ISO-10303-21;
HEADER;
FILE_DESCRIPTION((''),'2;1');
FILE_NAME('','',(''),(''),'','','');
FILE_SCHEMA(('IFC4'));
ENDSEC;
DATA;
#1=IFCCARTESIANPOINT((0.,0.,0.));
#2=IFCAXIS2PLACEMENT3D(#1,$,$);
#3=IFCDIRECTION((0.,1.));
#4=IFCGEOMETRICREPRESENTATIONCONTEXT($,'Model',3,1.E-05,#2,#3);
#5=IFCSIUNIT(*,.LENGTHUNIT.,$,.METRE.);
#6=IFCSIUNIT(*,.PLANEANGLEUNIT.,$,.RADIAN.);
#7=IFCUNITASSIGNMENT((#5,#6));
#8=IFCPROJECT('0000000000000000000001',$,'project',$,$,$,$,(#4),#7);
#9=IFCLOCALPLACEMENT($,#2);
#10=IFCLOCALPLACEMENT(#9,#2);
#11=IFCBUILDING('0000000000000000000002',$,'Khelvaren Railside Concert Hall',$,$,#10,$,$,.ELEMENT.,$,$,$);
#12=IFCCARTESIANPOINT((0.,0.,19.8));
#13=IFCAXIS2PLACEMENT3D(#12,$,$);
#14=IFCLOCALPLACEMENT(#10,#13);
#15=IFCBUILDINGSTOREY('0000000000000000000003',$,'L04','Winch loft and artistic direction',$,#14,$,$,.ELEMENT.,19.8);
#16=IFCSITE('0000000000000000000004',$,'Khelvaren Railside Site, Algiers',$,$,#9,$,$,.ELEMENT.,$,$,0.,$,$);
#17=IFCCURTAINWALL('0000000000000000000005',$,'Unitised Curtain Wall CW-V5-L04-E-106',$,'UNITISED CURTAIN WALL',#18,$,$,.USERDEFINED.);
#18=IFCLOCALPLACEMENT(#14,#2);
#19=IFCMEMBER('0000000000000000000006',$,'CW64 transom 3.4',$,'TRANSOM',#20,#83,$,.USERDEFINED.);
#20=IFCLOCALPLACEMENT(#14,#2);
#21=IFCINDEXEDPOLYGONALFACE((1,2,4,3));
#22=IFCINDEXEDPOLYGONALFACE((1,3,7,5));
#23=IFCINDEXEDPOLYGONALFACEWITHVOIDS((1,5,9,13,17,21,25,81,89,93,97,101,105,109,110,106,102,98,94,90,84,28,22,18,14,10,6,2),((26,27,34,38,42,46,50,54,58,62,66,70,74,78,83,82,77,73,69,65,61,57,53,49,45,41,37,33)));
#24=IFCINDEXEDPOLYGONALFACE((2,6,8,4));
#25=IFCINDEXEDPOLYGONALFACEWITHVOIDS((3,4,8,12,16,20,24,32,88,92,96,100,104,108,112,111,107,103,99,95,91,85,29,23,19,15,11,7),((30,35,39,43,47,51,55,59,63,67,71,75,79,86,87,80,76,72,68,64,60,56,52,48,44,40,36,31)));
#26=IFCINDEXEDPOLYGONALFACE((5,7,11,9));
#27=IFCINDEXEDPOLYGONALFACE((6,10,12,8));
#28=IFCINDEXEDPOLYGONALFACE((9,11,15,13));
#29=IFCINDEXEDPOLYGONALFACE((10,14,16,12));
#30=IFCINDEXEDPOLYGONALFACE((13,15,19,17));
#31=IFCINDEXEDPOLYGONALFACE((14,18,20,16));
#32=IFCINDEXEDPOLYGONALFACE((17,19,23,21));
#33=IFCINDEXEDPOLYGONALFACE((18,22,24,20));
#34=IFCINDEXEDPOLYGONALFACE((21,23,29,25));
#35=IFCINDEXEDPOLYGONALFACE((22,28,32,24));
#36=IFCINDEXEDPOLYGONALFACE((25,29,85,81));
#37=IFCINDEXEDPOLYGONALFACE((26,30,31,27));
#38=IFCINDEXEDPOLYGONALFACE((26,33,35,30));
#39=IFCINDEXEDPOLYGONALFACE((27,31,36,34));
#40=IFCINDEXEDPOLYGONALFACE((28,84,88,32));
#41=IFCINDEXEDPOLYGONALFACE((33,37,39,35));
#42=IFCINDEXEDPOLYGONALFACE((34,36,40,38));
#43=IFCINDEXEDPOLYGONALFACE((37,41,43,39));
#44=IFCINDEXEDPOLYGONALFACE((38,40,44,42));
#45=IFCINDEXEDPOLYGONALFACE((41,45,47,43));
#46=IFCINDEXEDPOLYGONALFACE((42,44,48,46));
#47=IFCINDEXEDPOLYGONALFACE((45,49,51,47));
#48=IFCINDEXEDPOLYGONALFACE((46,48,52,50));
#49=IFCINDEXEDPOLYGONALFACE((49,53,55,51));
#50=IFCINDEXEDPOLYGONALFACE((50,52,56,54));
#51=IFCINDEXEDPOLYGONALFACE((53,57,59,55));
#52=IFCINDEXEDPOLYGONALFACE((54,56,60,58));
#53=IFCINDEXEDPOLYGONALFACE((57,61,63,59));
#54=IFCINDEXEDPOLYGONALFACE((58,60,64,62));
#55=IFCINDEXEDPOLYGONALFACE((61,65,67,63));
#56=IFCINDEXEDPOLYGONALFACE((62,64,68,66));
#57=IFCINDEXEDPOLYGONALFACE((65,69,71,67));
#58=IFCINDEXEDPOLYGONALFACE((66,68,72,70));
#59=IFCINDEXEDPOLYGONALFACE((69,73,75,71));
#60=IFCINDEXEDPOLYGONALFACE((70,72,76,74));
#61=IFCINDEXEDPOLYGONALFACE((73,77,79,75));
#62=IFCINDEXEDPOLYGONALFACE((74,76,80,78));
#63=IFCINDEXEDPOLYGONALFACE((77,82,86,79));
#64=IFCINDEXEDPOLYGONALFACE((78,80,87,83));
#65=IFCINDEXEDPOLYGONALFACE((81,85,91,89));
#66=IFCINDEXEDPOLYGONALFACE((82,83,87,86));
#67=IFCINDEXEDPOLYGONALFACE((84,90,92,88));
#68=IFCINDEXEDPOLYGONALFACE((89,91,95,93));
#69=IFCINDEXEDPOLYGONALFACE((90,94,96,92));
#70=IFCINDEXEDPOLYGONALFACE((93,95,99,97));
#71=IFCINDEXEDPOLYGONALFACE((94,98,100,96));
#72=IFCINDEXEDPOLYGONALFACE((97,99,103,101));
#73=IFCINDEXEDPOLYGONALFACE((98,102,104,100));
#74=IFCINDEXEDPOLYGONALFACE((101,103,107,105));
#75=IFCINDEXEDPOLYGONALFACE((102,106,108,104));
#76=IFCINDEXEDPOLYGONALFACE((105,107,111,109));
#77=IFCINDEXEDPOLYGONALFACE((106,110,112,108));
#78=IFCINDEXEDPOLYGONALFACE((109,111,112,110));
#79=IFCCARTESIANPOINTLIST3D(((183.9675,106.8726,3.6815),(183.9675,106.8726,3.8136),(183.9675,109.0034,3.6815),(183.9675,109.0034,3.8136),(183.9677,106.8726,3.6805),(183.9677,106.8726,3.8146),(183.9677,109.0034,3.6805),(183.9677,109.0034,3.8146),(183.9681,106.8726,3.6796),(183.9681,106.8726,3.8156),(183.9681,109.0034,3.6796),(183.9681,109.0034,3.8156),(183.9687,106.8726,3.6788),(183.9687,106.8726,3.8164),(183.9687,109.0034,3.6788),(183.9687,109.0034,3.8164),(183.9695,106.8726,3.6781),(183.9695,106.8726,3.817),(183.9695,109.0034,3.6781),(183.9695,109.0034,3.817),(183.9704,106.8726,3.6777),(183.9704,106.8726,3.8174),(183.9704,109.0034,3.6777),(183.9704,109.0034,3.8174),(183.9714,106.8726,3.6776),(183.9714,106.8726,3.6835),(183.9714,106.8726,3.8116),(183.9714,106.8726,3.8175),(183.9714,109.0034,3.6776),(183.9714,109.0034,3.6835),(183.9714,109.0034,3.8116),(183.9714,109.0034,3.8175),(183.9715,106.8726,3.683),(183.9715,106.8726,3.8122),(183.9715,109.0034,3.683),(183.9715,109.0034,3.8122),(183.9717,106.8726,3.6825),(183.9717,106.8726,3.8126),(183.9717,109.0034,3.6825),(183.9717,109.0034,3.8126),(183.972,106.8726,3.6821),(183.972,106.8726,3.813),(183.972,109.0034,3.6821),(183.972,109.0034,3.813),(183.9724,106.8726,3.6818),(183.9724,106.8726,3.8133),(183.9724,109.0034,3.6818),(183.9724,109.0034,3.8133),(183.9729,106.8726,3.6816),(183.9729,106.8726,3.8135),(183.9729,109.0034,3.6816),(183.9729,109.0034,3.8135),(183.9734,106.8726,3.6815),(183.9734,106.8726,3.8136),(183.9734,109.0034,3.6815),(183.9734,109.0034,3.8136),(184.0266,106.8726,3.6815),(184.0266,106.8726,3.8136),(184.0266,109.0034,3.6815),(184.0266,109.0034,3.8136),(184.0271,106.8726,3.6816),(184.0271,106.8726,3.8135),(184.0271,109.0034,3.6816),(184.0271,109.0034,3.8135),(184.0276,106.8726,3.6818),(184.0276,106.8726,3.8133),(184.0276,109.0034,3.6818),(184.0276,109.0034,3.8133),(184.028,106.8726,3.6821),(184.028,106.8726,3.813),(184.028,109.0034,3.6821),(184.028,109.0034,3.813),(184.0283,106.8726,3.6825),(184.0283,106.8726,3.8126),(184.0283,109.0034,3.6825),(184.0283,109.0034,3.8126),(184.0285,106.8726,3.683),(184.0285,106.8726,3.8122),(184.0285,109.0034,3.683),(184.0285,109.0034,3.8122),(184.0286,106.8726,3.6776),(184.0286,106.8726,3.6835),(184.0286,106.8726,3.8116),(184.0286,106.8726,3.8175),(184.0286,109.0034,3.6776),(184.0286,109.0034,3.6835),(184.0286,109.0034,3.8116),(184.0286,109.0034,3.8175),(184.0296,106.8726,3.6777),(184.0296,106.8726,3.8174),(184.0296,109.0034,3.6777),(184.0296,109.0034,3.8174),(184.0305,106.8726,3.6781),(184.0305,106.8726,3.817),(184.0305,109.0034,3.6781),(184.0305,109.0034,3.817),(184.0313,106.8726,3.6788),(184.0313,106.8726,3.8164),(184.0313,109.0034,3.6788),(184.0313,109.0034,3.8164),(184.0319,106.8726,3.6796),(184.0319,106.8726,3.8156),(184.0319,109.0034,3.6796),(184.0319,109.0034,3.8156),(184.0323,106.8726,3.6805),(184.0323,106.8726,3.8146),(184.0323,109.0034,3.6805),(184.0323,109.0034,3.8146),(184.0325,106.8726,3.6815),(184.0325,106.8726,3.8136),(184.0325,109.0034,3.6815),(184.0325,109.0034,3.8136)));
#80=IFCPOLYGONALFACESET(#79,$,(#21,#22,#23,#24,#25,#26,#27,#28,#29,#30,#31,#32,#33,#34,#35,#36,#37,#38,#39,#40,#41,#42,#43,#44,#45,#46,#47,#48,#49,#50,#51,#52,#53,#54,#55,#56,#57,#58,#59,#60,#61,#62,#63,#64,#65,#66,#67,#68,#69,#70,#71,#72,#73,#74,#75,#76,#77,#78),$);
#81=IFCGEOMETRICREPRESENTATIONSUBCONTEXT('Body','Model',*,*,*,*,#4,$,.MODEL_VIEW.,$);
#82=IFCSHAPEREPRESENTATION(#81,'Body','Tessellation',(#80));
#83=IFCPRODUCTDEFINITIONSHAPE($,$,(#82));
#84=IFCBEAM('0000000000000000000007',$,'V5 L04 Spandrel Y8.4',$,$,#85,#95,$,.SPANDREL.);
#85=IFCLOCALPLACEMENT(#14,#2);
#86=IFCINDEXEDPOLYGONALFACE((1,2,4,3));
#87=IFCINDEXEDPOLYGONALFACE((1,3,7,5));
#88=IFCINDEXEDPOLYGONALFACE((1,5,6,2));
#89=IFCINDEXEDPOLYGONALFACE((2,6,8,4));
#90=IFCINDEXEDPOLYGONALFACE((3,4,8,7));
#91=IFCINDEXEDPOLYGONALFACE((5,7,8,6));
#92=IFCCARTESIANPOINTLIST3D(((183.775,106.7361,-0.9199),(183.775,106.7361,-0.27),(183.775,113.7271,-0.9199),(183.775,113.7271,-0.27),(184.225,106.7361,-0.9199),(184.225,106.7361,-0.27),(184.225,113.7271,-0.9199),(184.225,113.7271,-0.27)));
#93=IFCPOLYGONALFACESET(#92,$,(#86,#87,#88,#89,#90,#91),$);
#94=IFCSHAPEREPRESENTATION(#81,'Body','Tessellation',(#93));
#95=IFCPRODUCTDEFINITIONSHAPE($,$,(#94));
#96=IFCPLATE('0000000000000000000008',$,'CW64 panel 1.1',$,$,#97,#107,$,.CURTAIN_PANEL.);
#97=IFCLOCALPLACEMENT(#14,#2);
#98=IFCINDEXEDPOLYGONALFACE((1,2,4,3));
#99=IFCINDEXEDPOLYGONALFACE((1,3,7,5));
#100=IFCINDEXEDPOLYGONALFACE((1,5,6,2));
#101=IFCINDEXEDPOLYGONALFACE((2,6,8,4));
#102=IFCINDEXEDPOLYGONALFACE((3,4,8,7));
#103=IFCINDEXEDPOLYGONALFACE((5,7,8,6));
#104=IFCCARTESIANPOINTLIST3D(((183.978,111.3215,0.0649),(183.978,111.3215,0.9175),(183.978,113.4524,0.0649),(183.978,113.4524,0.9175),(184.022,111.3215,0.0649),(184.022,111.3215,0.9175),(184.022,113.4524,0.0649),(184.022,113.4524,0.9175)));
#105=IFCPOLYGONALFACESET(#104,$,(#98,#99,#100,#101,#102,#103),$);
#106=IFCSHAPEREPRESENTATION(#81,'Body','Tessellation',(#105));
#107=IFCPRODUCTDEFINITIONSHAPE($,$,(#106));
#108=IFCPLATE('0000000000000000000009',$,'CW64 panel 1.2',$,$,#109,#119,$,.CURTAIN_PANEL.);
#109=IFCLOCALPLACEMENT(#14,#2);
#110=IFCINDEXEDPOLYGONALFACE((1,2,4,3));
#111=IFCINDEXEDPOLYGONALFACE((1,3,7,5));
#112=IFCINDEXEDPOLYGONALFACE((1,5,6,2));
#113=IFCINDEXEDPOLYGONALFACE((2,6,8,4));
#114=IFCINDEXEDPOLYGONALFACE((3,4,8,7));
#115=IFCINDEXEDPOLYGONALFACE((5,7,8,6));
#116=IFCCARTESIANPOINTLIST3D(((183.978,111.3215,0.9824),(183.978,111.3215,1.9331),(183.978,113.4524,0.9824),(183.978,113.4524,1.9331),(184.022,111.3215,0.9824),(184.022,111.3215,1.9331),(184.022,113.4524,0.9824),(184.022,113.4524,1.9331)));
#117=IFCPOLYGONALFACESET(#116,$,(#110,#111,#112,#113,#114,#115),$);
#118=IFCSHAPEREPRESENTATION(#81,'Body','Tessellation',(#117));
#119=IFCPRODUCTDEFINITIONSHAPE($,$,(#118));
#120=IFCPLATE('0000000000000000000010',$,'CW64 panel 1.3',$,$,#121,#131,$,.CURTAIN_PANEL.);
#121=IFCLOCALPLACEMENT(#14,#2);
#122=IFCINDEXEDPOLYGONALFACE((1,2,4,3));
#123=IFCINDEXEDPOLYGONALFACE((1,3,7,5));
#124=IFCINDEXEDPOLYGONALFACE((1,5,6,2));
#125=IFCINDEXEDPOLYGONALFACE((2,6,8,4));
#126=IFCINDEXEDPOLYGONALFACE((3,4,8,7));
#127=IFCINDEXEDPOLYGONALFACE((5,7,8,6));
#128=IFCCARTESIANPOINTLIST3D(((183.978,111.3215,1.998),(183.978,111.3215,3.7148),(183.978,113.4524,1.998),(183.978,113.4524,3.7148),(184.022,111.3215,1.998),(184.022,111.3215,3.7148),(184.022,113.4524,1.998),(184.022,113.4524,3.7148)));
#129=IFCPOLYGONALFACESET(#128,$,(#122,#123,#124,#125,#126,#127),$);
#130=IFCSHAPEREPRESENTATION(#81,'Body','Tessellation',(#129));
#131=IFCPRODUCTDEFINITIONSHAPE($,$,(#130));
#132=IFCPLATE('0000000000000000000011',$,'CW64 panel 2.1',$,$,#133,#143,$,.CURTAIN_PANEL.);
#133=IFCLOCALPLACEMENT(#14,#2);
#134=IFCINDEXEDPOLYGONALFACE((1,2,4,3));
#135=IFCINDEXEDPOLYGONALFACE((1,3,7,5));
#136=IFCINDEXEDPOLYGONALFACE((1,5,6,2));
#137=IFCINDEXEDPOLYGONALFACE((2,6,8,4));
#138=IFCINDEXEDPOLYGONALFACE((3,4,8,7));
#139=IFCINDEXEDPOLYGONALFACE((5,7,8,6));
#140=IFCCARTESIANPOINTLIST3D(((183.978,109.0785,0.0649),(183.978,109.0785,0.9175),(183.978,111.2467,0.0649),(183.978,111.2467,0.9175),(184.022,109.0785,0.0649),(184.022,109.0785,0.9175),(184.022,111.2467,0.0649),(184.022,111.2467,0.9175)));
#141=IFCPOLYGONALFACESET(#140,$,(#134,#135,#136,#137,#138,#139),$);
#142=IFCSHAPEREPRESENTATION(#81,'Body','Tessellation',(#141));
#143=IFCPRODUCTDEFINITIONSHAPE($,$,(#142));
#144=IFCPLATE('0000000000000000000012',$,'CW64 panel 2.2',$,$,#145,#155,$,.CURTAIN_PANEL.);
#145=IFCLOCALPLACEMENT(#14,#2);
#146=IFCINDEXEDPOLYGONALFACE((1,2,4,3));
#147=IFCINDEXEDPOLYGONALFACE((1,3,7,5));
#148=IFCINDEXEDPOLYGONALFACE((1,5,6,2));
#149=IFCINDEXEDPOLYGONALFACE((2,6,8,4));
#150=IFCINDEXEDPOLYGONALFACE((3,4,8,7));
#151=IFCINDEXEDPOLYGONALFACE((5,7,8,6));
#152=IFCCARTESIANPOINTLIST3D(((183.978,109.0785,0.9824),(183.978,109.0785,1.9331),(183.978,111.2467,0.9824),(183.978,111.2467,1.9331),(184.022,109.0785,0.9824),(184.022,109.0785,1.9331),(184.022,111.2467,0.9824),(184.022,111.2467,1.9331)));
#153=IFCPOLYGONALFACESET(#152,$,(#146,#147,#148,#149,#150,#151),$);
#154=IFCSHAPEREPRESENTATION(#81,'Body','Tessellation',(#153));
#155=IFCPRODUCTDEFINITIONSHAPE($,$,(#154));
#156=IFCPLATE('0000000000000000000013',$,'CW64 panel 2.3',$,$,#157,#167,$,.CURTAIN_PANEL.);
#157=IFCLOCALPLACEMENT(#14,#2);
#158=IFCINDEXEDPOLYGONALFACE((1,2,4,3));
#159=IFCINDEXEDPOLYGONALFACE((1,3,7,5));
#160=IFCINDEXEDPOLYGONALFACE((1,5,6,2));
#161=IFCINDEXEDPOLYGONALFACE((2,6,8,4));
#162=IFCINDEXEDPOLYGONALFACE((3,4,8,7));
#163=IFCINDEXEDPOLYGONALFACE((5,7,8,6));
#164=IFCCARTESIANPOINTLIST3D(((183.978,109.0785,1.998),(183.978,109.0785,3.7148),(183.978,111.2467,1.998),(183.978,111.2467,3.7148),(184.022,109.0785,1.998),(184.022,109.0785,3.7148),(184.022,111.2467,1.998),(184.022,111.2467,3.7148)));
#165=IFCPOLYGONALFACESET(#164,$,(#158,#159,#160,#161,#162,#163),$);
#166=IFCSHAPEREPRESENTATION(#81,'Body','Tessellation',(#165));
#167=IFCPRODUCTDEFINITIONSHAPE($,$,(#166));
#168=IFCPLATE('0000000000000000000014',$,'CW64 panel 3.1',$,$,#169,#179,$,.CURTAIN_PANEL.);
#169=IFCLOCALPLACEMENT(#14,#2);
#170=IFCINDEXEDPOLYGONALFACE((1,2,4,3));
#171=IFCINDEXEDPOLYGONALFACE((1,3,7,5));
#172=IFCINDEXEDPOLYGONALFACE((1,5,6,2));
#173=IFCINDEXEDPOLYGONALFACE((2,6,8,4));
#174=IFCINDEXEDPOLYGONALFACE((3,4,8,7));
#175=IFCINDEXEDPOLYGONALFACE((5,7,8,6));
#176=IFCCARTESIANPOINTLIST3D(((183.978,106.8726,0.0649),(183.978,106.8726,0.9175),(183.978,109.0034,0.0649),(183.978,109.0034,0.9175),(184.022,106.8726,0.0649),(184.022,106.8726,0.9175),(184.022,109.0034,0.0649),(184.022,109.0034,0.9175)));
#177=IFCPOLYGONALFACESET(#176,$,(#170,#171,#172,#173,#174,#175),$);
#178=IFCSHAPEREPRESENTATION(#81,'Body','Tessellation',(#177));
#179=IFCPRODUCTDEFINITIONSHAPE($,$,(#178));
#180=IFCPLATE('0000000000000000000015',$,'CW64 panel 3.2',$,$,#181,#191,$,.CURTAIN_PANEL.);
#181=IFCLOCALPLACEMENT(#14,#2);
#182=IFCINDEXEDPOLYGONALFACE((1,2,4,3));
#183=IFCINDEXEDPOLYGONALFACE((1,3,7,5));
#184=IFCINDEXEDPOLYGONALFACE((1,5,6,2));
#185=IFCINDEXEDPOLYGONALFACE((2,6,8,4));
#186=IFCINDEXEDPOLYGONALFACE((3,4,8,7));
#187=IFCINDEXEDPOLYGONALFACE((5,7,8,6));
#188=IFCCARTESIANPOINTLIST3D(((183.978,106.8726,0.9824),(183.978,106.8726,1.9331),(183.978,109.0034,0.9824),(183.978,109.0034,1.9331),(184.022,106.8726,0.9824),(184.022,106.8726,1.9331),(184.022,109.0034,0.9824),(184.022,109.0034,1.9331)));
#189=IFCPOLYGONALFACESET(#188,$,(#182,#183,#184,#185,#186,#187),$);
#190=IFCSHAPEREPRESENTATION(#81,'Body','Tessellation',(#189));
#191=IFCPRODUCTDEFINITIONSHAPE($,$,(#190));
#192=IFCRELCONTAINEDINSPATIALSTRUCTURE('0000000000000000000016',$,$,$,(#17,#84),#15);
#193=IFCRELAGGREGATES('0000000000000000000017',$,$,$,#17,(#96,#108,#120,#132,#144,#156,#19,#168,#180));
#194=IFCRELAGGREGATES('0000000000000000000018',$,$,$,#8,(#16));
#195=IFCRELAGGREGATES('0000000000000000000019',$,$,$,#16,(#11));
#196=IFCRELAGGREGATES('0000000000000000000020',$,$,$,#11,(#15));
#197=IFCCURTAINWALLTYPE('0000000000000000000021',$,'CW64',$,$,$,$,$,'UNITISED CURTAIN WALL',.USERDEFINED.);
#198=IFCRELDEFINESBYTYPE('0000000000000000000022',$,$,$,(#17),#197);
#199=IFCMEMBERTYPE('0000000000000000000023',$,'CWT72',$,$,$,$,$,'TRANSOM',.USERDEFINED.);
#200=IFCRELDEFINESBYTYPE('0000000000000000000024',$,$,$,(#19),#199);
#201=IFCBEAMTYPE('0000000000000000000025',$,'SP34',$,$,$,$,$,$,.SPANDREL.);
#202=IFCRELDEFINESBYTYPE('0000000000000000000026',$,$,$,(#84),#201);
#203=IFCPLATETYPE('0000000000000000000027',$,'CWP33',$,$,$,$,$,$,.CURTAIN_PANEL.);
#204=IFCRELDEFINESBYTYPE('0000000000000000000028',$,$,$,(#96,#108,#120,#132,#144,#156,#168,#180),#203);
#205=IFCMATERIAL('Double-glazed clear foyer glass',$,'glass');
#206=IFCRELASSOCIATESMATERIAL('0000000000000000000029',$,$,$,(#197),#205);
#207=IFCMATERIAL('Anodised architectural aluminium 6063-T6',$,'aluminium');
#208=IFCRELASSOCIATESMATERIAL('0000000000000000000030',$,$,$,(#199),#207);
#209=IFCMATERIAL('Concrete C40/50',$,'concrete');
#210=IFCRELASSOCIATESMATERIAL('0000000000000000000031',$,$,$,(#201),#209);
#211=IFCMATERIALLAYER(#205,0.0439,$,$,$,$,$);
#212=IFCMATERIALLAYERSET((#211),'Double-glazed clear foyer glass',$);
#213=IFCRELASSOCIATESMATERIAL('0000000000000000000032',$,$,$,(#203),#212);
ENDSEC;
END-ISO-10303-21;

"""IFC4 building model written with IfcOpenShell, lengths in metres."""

from ifc_helpers import new_model, si_unit, direction, frame, origin, origin_2d, place, context, subcontext, project, spatial, rectangle, hollow_rectangle, extrude, material, layer, layer_set, material_profile, profile_set, type_object, element, aggregate, save


model = new_model("IFC4")

# Units and contexts
model_context = context("Model", 3, precision=1e-05, world=origin(), true_north=direction((0.0, 1.0)))
body_context = subcontext(model_context, "Body", "Model", "MODEL_VIEW")
ifc_project = project(units=[si_unit("LENGTHUNIT", "METRE"), si_unit("PLANEANGLEUNIT", "RADIAN")], contexts=[model_context])

# Site, building, storey
site_placement = place(None, origin())
site = spatial("IfcSite", under=ifc_project, at=site_placement, Name="Khelvaren Railside Site, Algiers", CompositionType="ELEMENT", RefElevation=0.0)
building_placement = place(site_placement, origin())
building = spatial("IfcBuilding", under=site, at=building_placement, Name="Khelvaren Railside Concert Hall", CompositionType="ELEMENT")
storey_placement = place(building_placement, frame((0.0, 0.0, 19.8)))
storey = spatial("IfcBuildingStorey", under=building, at=storey_placement, Name="L04", Description="Winch loft and artistic direction", CompositionType="ELEMENT", Elevation=19.8)

# Curtain wall
ifc_material_1 = material(Name="Double-glazed clear foyer glass", Category="glass")
curtain_wall_type_1 = type_object("IfcCurtainWallType", Name="CW64", ElementType="UNITISED CURTAIN WALL", PredefinedType="USERDEFINED", material=ifc_material_1)
curtain_wall_1_placement = place(storey_placement, origin())
curtain_wall_1 = element("IfcCurtainWall", 1, at=curtain_wall_1_placement, inside=storey, type_object=curtain_wall_type_1, Name="Unitised Curtain Wall CW-V5-L04-E-106", ObjectType="UNITISED CURTAIN WALL", PredefinedType="USERDEFINED")
ifc_material_2 = material(Name="Anodised architectural aluminium 6063-T6", Category="aluminium")
ifc_material_profile_1 = material_profile(ifc_material_2, hollow_rectangle(XDim=0.0649, YDim=0.1399, WallThickness=0.0039, InnerFilletRadius=0.002, OuterFilletRadius=0.0039, at=origin_2d()), Name="CWT 65x140x4")
ifc_profile_set_1 = profile_set([ifc_material_profile_1], Name="Anodised architectural aluminium 6063-T6")
member_type_1 = type_object("IfcMemberType", Name="CWT72", ElementType="TRANSOM", PredefinedType="USERDEFINED", material=ifc_profile_set_1)

# Member
member_1_placement = place(storey_placement, frame((184.0, 109.0034, 3.7476), z_axis=(0.0, -1.0, 0.0), x_axis=(1.0, 0.0, 0.0)))
member_1 = element("IfcMember", 2, at=member_1_placement, type_object=member_type_1, Name="CW64 transom 3.4", ObjectType="TRANSOM", PredefinedType="USERDEFINED", context=body_context, shape_type="SweptSolid", body=[
    extrude(hollow_rectangle(XDim=0.0649, YDim=0.1399, WallThickness=0.0039, InnerFilletRadius=0.002, OuterFilletRadius=0.0039, at=origin_2d()), origin(), (0.0, 0.0, 1.0), 2.1309),
])

# Beam
ifc_material_3 = material(Name="Concrete C40/50", Category="concrete")
ifc_material_profile_2 = material_profile(ifc_material_3, rectangle(XDim=0.45, YDim=0.6499, at=origin_2d()), Name="RCB 450x650")
ifc_profile_set_2 = profile_set([ifc_material_profile_2], Name="Concrete C40/50")
beam_type = type_object("IfcBeamType", Name="SP34", PredefinedType="SPANDREL", material=ifc_profile_set_2)
beam_placement = place(storey_placement, frame((184.0, 106.7361, -0.595), z_axis=(0.0, 1.0, 0.0), x_axis=(-1.0, 0.0, 0.0)))
element("IfcBeam", 3, at=beam_placement, inside=storey, type_object=beam_type, Name="V5 L04 Spandrel Y8.4", PredefinedType="SPANDREL", context=body_context, shape_type="SweptSolid", body=[
    extrude(rectangle(XDim=0.45, YDim=0.6499, at=origin_2d()), origin(), (0.0, 0.0, 1.0), 6.991),
])

# Plates
ifc_layer_1 = layer(ifc_material_1, 0.0439)
ifc_layer_set_1 = layer_set([ifc_layer_1], Name="Double-glazed clear foyer glass")
plate_type_1 = type_object("IfcPlateType", Name="CWP33", PredefinedType="CURTAIN_PANEL", material=ifc_layer_set_1)
plate_1_placement = place(storey_placement, frame((184.0, 112.387, 0.0649), z_axis=(0.0, 0.0, 1.0), x_axis=(0.0, -1.0, 0.0)))
plate_1 = element("IfcPlate", 4, at=plate_1_placement, type_object=plate_type_1, Name="CW64 panel 1.1", PredefinedType="CURTAIN_PANEL", context=body_context, shape_type="SweptSolid", body=[
    extrude(rectangle(XDim=2.1309, YDim=0.0439, at=origin_2d()), origin(), (0.0, 0.0, 1.0), 0.8525),
])
plate_2_placement = place(storey_placement, frame((184.0, 112.387, 0.9824), z_axis=(0.0, 0.0, 1.0), x_axis=(0.0, -1.0, 0.0)))
plate_2 = element("IfcPlate", 5, at=plate_2_placement, type_object=plate_type_1, Name="CW64 panel 1.2", PredefinedType="CURTAIN_PANEL", context=body_context, shape_type="SweptSolid", body=[
    extrude(rectangle(XDim=2.1309, YDim=0.0439, at=origin_2d()), origin(), (0.0, 0.0, 1.0), 0.9507),
])
plate_3_placement = place(storey_placement, frame((184.0, 112.387, 1.998), z_axis=(0.0, 0.0, 1.0), x_axis=(0.0, -1.0, 0.0)))
plate_3 = element("IfcPlate", 6, at=plate_3_placement, type_object=plate_type_1, Name="CW64 panel 1.3", PredefinedType="CURTAIN_PANEL", context=body_context, shape_type="SweptSolid", body=[
    extrude(rectangle(XDim=2.1309, YDim=0.0439, at=origin_2d()), origin(), (0.0, 0.0, 1.0), 1.7168),
])
plate_4_placement = place(storey_placement, frame((184.0, 110.1626, 0.0649), z_axis=(0.0, 0.0, 1.0), x_axis=(0.0, -1.0, 0.0)))
plate_4 = element("IfcPlate", 7, at=plate_4_placement, type_object=plate_type_1, Name="CW64 panel 2.1", PredefinedType="CURTAIN_PANEL", context=body_context, shape_type="SweptSolid", body=[
    extrude(rectangle(XDim=2.1682, YDim=0.0439, at=origin_2d()), origin(), (0.0, 0.0, 1.0), 0.8525),
])
plate_5_placement = place(storey_placement, frame((184.0, 110.1626, 0.9824), z_axis=(0.0, 0.0, 1.0), x_axis=(0.0, -1.0, 0.0)))
plate_5 = element("IfcPlate", 8, at=plate_5_placement, type_object=plate_type_1, Name="CW64 panel 2.2", PredefinedType="CURTAIN_PANEL", context=body_context, shape_type="SweptSolid", body=[
    extrude(rectangle(XDim=2.1682, YDim=0.0439, at=origin_2d()), origin(), (0.0, 0.0, 1.0), 0.9507),
])
plate_6_placement = place(storey_placement, frame((184.0, 110.1626, 1.998), z_axis=(0.0, 0.0, 1.0), x_axis=(0.0, -1.0, 0.0)))
plate_6 = element("IfcPlate", 9, at=plate_6_placement, type_object=plate_type_1, Name="CW64 panel 2.3", PredefinedType="CURTAIN_PANEL", context=body_context, shape_type="SweptSolid", body=[
    extrude(rectangle(XDim=2.1682, YDim=0.0439, at=origin_2d()), origin(), (0.0, 0.0, 1.0), 1.7168),
])
plate_7_placement = place(storey_placement, frame((184.0, 107.938, 0.0649), z_axis=(0.0, 0.0, 1.0), x_axis=(0.0, -1.0, 0.0)))
plate_7 = element("IfcPlate", 10, at=plate_7_placement, type_object=plate_type_1, Name="CW64 panel 3.1", PredefinedType="CURTAIN_PANEL", context=body_context, shape_type="SweptSolid", body=[
    extrude(rectangle(XDim=2.1309, YDim=0.0439, at=origin_2d()), origin(), (0.0, 0.0, 1.0), 0.8525),
])
plate_8_placement = place(storey_placement, frame((184.0, 107.938, 0.9824), z_axis=(0.0, 0.0, 1.0), x_axis=(0.0, -1.0, 0.0)))
plate_8 = element("IfcPlate", 11, at=plate_8_placement, type_object=plate_type_1, Name="CW64 panel 3.2", PredefinedType="CURTAIN_PANEL", context=body_context, shape_type="SweptSolid", body=[
    extrude(rectangle(XDim=2.1309, YDim=0.0439, at=origin_2d()), origin(), (0.0, 0.0, 1.0), 0.9507),
])
aggregate(curtain_wall_1, [plate_1, plate_2, plate_3, plate_4, plate_5, plate_6, member_1, plate_7, plate_8])

save(model, "model.ifc")
